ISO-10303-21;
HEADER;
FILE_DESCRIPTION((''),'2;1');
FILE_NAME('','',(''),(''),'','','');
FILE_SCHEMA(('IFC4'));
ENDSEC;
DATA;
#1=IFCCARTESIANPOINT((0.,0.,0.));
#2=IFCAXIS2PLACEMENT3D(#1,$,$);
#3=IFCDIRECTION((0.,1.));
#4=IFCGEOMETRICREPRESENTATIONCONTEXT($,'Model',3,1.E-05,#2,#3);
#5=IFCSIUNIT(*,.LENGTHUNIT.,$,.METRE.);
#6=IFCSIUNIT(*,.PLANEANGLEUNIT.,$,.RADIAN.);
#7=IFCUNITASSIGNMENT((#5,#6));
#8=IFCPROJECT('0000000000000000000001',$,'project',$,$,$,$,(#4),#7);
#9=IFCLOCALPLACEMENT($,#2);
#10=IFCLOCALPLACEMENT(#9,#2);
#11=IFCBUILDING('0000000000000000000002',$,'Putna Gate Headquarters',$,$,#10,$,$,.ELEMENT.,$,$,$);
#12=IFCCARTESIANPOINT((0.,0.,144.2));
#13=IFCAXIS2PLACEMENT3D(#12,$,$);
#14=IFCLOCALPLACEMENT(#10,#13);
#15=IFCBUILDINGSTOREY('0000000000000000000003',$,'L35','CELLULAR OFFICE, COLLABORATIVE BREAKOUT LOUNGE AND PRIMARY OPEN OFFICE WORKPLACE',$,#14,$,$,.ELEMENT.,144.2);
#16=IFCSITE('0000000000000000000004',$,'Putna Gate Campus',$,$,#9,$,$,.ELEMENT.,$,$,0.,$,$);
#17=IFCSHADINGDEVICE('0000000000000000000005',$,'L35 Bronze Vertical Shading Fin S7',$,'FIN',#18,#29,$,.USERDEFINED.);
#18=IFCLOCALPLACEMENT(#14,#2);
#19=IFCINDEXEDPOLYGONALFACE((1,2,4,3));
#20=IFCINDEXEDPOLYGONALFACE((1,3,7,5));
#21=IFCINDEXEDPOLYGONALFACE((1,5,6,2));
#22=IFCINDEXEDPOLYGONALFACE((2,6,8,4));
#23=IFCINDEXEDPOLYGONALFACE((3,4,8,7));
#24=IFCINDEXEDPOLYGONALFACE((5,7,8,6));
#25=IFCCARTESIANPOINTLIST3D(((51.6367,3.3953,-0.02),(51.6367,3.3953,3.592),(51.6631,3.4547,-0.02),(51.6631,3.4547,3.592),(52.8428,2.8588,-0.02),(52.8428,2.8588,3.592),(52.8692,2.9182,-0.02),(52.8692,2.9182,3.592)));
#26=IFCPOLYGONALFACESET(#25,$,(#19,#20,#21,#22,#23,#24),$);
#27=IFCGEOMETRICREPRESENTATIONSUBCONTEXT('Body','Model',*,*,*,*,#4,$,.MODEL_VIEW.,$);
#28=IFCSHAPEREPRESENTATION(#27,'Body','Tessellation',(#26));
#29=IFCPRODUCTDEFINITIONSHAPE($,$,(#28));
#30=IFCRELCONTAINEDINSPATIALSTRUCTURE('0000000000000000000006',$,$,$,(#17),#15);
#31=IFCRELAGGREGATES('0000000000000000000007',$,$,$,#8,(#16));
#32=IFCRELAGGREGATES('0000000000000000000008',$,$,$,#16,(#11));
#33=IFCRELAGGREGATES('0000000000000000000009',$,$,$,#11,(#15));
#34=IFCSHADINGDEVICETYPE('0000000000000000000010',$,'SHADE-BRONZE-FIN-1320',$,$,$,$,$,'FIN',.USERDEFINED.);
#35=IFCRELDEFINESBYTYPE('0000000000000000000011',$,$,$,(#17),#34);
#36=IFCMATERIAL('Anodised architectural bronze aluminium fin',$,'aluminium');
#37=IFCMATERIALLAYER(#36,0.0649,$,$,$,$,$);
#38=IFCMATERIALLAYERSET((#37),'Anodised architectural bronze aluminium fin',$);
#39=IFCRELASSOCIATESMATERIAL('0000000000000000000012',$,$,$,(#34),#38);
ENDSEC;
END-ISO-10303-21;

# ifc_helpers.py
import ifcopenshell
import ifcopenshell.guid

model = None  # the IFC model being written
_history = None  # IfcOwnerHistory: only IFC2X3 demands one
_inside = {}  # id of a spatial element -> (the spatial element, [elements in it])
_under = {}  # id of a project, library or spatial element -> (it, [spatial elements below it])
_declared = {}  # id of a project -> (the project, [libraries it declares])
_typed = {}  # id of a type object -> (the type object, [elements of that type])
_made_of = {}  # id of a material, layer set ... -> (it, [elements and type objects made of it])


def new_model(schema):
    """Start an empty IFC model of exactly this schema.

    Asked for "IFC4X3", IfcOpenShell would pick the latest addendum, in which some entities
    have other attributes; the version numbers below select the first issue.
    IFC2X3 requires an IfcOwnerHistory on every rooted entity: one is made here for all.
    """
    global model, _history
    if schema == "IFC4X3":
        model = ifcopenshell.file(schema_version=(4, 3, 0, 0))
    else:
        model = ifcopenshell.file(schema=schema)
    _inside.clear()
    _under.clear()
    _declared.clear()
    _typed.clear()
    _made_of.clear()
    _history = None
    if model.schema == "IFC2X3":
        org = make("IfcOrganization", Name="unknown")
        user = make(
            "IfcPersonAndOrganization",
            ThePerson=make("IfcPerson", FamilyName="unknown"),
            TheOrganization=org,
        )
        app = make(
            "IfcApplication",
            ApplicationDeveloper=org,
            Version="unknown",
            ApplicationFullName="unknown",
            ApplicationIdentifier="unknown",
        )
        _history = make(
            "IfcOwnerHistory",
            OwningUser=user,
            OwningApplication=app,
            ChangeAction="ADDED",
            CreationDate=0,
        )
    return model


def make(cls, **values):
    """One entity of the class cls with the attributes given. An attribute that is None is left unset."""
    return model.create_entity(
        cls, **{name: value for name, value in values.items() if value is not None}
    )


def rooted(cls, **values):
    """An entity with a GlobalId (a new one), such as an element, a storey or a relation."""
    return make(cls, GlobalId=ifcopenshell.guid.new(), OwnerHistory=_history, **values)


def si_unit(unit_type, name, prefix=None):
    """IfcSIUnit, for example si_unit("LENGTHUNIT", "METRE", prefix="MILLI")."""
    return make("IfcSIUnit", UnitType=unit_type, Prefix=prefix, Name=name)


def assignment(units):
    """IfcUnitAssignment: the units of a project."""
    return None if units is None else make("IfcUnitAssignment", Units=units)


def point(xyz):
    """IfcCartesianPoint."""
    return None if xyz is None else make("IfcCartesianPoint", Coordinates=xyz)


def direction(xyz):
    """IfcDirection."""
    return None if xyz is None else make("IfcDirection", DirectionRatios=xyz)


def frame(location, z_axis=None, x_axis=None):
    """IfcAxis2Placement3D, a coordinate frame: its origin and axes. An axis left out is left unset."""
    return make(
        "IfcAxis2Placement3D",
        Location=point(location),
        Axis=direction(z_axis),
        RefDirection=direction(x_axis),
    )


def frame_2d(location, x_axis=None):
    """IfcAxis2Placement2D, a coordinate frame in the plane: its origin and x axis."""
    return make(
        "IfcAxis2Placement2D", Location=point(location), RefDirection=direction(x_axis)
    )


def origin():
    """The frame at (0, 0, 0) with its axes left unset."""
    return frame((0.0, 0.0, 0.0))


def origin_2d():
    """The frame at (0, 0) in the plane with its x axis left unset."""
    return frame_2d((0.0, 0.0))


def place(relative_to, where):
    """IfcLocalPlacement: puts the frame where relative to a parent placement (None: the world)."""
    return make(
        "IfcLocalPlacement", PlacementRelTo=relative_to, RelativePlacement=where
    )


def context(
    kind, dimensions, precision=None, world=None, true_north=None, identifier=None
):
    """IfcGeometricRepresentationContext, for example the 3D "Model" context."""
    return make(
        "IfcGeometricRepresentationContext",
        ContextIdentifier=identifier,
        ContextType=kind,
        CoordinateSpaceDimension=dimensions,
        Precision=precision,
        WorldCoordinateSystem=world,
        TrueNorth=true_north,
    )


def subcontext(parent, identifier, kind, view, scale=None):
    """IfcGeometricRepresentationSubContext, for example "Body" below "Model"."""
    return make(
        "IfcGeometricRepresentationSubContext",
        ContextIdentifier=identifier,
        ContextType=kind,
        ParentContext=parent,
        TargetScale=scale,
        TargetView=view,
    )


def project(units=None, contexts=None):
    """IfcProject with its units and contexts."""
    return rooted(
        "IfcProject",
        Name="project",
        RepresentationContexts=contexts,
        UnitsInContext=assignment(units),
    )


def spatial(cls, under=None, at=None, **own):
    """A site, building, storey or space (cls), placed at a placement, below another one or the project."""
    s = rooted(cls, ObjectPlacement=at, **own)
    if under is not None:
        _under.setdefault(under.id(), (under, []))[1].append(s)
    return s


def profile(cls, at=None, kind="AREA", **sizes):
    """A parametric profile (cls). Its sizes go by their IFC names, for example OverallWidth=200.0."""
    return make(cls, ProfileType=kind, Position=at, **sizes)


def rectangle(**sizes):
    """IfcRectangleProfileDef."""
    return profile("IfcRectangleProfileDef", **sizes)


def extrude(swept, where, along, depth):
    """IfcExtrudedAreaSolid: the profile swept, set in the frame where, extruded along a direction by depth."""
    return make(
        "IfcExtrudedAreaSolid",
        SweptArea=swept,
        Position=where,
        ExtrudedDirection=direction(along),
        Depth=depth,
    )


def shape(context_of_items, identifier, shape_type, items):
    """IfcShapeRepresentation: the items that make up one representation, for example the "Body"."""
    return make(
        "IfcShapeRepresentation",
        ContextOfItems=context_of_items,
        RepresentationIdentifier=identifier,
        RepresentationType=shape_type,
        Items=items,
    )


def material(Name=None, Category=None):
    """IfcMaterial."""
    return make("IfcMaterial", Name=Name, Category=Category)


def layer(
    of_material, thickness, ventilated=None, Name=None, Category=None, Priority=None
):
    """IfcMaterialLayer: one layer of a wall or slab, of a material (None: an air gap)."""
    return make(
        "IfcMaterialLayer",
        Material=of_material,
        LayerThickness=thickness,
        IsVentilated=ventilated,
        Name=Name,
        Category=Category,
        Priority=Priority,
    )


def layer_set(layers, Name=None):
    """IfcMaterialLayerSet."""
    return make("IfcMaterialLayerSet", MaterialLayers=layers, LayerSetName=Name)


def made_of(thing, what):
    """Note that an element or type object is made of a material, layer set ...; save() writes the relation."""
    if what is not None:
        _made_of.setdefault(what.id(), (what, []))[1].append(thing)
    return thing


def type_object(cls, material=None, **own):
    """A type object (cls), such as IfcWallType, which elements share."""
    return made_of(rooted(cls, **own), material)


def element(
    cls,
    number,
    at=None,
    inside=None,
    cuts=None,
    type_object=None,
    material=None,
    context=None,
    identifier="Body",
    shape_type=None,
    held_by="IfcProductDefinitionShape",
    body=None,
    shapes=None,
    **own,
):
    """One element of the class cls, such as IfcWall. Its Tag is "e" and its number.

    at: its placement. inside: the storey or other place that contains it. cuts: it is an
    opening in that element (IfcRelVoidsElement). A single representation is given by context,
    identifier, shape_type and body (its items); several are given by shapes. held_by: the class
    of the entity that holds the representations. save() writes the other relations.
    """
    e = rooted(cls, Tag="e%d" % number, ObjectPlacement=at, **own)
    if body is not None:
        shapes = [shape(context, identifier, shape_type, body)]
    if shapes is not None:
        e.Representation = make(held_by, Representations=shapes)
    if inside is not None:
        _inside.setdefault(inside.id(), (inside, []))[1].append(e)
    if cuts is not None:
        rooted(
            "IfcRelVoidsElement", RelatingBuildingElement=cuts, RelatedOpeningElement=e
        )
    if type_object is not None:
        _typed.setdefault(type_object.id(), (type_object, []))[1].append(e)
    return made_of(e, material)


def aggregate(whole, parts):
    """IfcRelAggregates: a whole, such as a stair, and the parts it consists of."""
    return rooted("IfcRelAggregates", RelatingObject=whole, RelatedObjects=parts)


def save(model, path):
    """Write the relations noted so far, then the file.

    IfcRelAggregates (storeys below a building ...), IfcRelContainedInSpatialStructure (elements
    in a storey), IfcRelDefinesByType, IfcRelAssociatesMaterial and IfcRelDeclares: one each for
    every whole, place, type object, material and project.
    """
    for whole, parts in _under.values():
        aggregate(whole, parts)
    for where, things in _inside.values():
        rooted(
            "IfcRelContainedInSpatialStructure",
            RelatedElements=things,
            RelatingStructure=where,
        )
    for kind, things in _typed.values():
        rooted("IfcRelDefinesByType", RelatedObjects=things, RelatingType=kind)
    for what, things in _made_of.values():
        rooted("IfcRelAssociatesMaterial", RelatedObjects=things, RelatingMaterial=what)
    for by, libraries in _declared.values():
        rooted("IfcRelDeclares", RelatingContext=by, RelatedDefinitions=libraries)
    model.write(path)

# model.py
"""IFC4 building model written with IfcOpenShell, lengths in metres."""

from ifc_helpers import new_model, si_unit, direction, frame, origin, origin_2d, place, context, subcontext, project, spatial, rectangle, extrude, material, layer, layer_set, type_object, element, save


model = new_model("IFC4")

# Units and contexts
model_context = context("Model", 3, precision=1e-05, world=origin(), true_north=direction((0.0, 1.0)))
body_context = subcontext(model_context, "Body", "Model", "MODEL_VIEW")
ifc_project = project(units=[si_unit("LENGTHUNIT", "METRE"), si_unit("PLANEANGLEUNIT", "RADIAN")], contexts=[model_context])

# Site, building, storey
site_placement = place(None, origin())
site = spatial("IfcSite", under=ifc_project, at=site_placement, Name="Putna Gate Campus", CompositionType="ELEMENT", RefElevation=0.0)
building_placement = place(site_placement, origin())
building = spatial("IfcBuilding", under=site, at=building_placement, Name="Putna Gate Headquarters", CompositionType="ELEMENT")
storey_placement = place(building_placement, frame((0.0, 0.0, 144.2)))
storey = spatial("IfcBuildingStorey", under=building, at=storey_placement, Name="L35", Description="CELLULAR OFFICE, COLLABORATIVE BREAKOUT LOUNGE AND PRIMARY OPEN OFFICE WORKPLACE", CompositionType="ELEMENT", Elevation=144.2)

# Shading device
ifc_material_1 = material(Name="Anodised architectural bronze aluminium fin", Category="aluminium")
ifc_layer_1 = layer(ifc_material_1, 0.0649)
ifc_layer_set_1 = layer_set([ifc_layer_1], Name="Anodised architectural bronze aluminium fin")
shading_device_type = type_object("IfcShadingDeviceType", Name="SHADE-BRONZE-FIN-1320", ElementType="FIN", PredefinedType="USERDEFINED", material=ifc_layer_set_1)
shading_device_placement = place(storey_placement, frame((52.2529, 3.1567, -0.02), z_axis=(0.0, 0.0, 1.0), x_axis=(0.913687, -0.406418, 0.0)))
element("IfcShadingDevice", 1, at=shading_device_placement, inside=storey, type_object=shading_device_type, Name="L35 Bronze Vertical Shading Fin S7", ObjectType="FIN", PredefinedType="USERDEFINED", context=body_context, shape_type="SweptSolid", body=[
    extrude(rectangle(XDim=1.3201, YDim=0.0649, at=origin_2d()), origin(), (0.0, 0.0, 1.0), 3.6121),
])

save(model, "model.ifc")
